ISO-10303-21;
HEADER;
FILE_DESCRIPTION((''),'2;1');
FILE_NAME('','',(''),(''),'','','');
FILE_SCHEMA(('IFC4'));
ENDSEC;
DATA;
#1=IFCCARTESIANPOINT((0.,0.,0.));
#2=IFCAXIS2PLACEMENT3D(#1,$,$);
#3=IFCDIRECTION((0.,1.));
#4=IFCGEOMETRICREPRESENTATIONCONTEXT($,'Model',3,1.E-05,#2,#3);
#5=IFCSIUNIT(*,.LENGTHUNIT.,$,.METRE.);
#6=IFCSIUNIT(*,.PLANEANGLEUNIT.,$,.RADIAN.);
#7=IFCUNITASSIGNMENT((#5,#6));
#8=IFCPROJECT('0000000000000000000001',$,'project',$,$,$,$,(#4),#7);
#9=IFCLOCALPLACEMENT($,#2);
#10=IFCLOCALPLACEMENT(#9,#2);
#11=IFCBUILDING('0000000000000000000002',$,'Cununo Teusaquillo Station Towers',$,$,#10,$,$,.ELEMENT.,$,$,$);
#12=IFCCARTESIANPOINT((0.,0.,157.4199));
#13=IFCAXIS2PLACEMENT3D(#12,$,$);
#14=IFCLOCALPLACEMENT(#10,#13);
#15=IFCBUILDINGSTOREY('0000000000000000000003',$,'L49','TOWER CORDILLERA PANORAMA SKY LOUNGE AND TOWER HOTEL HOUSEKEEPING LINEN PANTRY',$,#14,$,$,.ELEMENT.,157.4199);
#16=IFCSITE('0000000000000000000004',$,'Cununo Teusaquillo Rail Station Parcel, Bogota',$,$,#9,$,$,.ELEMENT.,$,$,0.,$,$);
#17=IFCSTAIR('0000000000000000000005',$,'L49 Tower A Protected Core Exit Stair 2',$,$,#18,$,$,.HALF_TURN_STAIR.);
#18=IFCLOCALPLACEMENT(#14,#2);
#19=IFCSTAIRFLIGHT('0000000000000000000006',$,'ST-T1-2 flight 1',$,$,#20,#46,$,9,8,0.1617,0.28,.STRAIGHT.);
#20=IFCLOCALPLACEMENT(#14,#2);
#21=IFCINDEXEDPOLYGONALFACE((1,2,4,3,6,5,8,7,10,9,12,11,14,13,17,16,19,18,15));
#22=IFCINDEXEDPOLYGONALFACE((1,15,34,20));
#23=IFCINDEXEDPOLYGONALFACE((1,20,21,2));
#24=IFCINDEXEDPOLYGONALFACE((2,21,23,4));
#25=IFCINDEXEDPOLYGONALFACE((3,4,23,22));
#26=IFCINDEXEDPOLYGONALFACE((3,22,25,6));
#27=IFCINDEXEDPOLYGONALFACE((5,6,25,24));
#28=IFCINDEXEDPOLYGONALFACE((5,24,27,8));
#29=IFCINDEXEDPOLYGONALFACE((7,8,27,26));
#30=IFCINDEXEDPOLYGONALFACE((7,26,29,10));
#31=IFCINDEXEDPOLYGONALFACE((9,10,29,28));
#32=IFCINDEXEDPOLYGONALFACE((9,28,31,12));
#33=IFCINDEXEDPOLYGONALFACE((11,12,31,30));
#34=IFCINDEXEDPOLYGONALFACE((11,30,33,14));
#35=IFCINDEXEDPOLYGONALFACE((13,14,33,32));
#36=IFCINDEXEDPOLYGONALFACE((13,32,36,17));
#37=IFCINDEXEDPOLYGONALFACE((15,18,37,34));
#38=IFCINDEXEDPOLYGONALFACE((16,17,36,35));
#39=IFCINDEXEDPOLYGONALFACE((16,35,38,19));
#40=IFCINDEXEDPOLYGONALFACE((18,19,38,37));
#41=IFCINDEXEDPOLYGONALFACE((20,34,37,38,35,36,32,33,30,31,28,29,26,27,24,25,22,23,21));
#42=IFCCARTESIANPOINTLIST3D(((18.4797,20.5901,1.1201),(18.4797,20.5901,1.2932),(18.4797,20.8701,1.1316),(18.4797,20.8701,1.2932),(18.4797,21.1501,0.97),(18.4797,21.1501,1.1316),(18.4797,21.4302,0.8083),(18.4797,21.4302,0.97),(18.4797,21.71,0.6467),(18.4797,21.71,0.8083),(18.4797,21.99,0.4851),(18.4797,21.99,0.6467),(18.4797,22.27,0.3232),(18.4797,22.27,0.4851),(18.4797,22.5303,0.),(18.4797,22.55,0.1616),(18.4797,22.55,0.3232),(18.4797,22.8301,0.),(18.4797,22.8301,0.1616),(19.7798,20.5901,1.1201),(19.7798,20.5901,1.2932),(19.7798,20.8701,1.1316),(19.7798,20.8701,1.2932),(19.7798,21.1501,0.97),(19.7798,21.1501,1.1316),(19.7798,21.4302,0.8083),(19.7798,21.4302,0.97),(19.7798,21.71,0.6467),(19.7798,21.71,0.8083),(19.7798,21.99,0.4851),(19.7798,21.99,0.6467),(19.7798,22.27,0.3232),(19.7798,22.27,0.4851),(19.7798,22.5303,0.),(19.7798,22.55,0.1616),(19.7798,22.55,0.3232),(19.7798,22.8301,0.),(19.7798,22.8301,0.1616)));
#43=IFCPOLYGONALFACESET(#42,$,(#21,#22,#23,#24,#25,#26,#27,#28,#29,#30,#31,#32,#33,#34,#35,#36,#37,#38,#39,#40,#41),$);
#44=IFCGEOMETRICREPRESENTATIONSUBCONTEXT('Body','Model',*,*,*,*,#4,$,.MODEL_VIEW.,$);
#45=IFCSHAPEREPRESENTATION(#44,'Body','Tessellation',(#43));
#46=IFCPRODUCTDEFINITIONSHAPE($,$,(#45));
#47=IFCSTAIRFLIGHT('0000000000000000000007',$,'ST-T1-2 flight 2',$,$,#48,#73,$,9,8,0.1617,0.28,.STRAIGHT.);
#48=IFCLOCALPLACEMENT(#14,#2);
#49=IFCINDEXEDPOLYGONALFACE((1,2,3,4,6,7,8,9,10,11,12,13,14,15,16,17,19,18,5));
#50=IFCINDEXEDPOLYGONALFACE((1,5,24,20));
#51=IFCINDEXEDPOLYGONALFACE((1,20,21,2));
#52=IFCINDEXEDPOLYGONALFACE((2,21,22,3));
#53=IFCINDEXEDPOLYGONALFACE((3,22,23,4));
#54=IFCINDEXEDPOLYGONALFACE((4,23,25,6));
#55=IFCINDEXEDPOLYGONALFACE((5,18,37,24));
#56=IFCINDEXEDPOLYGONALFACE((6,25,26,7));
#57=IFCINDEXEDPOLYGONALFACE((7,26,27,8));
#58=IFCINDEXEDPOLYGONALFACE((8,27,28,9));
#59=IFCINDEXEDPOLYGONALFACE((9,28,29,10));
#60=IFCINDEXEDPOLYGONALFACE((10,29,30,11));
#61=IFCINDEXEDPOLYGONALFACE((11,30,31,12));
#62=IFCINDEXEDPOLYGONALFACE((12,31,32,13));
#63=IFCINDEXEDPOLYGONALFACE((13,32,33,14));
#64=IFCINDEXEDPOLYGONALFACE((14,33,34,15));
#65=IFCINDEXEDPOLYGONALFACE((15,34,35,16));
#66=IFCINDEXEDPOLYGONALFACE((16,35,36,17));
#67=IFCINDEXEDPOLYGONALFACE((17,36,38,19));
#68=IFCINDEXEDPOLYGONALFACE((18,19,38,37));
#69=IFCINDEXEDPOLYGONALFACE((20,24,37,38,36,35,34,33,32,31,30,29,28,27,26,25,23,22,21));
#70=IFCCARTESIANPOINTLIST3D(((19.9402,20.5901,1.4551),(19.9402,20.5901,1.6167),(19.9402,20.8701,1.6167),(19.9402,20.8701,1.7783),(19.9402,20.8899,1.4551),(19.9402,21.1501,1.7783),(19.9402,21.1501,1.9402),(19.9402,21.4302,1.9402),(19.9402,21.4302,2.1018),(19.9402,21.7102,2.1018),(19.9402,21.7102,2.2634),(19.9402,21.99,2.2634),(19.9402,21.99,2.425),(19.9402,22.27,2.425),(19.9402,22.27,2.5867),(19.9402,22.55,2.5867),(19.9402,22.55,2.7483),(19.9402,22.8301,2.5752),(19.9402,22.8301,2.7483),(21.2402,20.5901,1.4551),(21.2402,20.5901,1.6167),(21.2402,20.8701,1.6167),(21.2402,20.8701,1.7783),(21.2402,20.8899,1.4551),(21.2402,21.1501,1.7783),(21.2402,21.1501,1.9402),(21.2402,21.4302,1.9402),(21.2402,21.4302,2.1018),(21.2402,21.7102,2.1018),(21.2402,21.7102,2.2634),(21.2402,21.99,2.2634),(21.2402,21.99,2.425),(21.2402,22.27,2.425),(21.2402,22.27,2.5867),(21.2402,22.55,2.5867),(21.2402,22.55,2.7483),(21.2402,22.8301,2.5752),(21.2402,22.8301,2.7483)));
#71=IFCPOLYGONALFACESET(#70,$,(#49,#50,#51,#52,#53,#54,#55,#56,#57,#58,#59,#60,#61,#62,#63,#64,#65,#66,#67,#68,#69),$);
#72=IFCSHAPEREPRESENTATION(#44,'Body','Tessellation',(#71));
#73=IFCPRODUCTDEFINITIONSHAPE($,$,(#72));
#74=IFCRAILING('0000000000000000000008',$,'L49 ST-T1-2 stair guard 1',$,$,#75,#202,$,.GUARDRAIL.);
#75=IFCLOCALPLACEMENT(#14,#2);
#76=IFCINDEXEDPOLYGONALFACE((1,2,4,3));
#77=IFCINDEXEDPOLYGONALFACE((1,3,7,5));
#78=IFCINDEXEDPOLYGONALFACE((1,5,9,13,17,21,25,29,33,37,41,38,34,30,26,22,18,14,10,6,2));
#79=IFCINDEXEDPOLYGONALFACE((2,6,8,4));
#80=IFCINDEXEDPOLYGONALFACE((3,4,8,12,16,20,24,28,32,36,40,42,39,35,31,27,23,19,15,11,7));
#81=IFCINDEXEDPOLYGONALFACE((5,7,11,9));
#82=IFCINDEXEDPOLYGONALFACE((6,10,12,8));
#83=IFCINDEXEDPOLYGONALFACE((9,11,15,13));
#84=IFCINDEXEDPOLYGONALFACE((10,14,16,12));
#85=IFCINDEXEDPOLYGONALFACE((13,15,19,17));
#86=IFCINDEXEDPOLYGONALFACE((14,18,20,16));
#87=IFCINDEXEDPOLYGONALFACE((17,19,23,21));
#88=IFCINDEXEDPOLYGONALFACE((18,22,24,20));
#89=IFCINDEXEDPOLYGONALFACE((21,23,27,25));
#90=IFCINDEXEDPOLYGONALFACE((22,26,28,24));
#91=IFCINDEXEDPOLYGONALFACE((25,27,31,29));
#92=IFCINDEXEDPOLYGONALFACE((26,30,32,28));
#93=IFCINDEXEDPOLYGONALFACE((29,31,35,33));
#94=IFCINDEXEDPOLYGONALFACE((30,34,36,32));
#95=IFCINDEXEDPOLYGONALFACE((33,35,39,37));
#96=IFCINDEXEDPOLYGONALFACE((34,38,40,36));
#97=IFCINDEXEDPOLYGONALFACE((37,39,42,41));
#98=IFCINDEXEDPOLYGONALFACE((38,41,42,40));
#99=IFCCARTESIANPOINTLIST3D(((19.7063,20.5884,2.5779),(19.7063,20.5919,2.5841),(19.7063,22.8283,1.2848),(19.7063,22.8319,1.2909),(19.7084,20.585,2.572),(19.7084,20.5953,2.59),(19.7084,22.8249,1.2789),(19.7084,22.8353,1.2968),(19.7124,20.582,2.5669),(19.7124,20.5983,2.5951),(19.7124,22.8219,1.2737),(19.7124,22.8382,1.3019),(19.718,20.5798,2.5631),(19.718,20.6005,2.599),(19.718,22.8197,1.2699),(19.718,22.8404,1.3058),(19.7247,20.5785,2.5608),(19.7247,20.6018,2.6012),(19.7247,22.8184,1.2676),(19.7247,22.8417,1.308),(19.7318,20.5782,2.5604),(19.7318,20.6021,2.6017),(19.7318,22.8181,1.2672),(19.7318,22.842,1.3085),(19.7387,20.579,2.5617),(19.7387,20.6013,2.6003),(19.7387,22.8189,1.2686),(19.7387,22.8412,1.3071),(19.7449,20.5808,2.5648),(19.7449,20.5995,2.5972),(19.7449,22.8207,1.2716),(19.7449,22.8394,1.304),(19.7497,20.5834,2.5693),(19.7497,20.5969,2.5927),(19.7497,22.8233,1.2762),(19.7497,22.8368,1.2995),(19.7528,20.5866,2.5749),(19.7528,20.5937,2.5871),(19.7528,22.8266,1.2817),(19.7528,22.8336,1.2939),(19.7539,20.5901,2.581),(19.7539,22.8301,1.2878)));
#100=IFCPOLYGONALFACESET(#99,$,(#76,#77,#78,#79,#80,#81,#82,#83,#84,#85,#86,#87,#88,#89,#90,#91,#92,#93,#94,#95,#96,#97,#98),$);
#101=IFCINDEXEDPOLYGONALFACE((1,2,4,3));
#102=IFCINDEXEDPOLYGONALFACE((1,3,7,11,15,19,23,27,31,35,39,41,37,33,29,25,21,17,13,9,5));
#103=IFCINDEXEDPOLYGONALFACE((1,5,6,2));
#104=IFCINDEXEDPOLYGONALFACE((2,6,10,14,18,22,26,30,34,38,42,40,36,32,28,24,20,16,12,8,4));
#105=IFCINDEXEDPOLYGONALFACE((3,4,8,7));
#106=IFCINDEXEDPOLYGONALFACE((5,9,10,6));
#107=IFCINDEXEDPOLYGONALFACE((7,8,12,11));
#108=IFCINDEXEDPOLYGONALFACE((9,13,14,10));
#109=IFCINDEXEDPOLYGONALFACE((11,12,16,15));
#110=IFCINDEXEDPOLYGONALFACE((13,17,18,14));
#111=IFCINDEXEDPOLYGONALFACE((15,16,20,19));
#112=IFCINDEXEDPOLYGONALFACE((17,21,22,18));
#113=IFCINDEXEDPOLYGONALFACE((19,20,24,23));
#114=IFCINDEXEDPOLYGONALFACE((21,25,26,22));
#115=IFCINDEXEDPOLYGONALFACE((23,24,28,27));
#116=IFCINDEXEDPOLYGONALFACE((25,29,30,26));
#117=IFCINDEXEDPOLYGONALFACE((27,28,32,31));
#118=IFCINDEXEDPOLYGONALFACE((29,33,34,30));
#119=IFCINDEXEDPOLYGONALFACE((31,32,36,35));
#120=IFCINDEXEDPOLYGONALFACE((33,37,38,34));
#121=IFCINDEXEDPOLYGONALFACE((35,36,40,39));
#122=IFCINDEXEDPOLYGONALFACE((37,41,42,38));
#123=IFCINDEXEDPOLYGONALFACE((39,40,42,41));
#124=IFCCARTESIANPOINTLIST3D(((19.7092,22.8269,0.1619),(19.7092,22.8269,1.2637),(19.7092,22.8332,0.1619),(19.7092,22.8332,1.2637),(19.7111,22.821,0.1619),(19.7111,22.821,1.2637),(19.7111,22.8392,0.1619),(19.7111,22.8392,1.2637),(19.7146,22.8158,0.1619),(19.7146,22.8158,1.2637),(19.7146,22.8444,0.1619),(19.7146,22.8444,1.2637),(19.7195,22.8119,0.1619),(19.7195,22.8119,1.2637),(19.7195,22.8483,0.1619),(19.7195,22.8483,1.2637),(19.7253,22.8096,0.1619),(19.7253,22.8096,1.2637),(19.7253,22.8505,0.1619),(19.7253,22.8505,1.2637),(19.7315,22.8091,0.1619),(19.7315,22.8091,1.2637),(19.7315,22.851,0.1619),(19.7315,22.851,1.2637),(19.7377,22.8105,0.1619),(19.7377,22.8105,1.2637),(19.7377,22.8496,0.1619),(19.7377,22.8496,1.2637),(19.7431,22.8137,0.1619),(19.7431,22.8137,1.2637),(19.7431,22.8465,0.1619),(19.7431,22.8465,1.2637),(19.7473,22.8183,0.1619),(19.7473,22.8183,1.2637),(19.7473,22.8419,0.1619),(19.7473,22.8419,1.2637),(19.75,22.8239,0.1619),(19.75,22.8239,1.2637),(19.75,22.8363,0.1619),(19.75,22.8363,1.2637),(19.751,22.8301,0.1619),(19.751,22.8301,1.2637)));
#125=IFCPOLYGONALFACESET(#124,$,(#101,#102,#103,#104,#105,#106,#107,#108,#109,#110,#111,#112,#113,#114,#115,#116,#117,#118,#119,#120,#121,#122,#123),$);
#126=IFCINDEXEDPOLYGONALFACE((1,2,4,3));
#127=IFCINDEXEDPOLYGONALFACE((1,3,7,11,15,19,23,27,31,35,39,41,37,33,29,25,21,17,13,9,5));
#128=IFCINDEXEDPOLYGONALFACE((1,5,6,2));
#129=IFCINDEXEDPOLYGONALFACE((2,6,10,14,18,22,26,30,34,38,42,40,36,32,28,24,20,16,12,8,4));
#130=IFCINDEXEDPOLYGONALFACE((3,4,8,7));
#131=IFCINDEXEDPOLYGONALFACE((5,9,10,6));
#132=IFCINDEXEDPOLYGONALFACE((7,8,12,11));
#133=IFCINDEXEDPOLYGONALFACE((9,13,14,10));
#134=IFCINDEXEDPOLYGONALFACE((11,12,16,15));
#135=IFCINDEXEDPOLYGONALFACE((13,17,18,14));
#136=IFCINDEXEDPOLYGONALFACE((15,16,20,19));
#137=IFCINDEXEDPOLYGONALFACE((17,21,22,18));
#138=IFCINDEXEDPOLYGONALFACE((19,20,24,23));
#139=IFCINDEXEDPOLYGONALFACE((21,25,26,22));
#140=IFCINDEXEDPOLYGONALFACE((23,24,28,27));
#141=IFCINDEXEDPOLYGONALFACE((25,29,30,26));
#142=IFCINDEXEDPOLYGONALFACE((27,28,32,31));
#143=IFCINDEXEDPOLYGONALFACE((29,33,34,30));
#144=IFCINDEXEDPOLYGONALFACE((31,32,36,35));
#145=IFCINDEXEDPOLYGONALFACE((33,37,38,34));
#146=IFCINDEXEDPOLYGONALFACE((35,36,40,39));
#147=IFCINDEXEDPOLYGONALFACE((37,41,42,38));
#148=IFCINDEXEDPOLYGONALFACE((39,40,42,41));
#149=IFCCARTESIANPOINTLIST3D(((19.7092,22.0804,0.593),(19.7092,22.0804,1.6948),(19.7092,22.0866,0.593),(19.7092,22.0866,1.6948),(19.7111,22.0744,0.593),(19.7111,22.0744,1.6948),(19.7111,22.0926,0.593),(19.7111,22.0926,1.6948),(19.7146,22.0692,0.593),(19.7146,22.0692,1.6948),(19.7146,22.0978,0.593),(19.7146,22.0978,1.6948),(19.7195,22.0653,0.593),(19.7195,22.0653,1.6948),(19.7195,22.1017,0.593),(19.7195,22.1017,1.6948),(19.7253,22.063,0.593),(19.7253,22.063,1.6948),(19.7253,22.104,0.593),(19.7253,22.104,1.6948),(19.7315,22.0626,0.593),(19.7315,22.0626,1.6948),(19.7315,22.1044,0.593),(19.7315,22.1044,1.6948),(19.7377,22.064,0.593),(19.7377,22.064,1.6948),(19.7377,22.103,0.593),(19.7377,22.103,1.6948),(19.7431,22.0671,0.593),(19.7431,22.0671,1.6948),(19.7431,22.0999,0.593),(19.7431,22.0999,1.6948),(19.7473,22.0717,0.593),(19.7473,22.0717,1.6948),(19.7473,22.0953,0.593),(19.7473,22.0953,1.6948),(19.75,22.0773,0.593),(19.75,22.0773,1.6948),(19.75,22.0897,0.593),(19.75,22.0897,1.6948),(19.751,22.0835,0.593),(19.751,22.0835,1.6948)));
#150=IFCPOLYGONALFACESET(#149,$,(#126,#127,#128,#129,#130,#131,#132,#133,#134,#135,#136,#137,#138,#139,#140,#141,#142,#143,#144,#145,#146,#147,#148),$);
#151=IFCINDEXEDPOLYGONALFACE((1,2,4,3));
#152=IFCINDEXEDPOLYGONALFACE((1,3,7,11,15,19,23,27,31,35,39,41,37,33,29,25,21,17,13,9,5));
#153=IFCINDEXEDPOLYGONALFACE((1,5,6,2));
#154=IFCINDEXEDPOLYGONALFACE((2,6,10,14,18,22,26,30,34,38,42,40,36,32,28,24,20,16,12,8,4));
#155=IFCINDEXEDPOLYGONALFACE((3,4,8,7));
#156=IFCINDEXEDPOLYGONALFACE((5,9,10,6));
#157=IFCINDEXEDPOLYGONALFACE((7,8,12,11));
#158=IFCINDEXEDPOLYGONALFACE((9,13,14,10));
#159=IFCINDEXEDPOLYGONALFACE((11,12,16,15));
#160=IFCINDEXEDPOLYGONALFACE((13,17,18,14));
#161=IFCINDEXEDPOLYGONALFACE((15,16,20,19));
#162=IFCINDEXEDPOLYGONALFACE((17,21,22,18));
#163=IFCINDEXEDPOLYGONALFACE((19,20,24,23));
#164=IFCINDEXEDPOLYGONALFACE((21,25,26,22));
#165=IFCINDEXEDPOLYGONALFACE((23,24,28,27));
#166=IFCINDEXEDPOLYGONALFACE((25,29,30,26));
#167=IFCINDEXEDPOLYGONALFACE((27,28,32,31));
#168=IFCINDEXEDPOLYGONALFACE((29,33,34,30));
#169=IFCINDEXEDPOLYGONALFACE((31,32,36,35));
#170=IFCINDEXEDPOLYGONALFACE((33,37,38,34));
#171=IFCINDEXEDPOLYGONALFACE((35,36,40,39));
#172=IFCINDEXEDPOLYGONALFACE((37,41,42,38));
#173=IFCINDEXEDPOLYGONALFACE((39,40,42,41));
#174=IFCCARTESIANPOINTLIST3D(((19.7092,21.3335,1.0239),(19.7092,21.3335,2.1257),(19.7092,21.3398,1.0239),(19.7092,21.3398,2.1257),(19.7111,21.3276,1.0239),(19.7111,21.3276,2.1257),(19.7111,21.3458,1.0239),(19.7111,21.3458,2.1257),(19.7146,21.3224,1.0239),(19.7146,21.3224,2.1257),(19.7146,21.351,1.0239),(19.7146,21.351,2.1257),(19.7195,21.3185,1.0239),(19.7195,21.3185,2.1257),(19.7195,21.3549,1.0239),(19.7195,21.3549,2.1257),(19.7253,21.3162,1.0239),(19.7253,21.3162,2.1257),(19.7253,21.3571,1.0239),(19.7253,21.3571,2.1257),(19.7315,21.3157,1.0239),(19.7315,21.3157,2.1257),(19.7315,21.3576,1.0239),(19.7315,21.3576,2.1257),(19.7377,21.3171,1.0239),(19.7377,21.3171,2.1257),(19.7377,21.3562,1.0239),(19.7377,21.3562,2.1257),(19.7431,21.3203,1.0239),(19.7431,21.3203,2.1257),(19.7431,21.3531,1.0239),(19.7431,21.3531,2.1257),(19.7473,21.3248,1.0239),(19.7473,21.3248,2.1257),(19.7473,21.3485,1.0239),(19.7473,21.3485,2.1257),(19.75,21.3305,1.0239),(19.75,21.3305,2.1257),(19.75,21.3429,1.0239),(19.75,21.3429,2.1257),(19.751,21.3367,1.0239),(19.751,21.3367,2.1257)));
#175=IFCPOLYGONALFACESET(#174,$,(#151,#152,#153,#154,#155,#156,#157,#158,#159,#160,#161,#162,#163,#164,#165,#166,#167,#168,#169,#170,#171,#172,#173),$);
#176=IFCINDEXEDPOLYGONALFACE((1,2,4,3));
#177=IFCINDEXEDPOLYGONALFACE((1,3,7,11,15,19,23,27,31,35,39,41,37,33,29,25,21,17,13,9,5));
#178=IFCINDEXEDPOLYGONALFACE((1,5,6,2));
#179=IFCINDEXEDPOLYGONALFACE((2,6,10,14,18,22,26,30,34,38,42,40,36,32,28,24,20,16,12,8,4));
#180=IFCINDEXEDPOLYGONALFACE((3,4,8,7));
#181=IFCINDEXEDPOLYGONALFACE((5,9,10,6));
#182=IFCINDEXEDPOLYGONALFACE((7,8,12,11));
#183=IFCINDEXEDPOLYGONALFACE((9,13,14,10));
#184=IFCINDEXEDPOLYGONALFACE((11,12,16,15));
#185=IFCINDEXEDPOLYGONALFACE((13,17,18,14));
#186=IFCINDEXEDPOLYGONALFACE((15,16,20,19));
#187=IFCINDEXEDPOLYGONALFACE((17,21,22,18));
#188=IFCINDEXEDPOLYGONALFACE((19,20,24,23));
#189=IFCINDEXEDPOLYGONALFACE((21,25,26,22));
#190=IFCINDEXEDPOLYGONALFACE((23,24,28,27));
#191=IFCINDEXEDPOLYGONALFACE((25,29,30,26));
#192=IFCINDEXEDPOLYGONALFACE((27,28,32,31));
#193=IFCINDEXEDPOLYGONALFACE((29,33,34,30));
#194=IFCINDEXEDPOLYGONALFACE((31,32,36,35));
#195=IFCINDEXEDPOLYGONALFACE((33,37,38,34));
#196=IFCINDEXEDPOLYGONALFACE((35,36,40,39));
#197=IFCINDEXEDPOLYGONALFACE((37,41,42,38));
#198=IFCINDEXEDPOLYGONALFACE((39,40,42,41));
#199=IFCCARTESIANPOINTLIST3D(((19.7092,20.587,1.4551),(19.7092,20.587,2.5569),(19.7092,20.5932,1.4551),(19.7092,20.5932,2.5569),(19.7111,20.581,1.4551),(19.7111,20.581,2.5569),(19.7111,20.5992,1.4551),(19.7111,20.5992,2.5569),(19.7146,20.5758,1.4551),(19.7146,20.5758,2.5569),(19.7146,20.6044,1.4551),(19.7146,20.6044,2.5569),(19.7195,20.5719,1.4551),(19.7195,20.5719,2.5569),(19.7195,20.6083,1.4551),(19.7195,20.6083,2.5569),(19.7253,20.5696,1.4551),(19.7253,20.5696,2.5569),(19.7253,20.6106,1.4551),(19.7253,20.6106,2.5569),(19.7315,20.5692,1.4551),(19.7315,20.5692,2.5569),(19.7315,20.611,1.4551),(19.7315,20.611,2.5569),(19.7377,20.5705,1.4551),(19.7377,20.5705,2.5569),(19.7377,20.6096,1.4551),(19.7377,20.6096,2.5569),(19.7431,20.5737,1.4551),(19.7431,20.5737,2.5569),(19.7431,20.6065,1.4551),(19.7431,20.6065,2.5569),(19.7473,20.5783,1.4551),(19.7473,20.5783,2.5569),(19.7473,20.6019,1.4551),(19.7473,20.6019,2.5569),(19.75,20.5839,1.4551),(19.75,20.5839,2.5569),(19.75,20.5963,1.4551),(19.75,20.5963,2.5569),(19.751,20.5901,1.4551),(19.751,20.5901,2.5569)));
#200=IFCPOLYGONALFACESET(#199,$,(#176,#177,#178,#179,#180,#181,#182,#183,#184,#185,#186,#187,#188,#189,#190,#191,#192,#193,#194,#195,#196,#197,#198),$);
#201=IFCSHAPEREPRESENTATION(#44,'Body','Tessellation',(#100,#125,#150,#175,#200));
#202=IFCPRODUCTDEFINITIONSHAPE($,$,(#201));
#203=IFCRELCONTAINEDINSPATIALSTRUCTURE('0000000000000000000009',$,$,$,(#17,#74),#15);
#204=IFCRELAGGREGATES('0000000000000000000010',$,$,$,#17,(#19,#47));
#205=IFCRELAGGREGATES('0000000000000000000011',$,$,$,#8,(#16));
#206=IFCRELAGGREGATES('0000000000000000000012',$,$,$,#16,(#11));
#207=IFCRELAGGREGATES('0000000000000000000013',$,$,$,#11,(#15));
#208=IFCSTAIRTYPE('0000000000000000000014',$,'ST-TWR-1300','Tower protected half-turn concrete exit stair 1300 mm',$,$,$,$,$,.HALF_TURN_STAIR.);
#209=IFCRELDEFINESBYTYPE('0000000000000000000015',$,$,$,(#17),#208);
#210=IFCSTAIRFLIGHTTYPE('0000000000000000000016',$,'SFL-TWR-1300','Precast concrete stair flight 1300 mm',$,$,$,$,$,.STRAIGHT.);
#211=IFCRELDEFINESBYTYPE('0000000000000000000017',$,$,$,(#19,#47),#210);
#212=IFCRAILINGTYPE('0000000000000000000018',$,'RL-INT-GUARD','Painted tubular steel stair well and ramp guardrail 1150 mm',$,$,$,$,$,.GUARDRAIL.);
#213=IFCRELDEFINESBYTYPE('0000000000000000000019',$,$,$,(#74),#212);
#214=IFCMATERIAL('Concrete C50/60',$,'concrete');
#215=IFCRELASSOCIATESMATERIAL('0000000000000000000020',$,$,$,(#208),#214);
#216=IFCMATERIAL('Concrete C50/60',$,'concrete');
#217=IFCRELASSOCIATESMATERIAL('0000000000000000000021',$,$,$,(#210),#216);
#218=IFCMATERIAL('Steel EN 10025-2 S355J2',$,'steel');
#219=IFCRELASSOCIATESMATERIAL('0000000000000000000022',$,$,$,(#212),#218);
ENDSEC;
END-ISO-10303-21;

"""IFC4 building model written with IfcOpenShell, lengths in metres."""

from ifc_helpers import new_model, si_unit, direction, frame, origin, origin_2d, place, context, subcontext, project, spatial, polyline, circle, outline, extrude, material, type_object, element, aggregate, save


model = new_model("IFC4")

# Units and contexts
model_context = context("Model", 3, precision=1e-05, world=origin(), true_north=direction((0.0, 1.0)))
body_context = subcontext(model_context, "Body", "Model", "MODEL_VIEW")
ifc_project = project(units=[si_unit("LENGTHUNIT", "METRE"), si_unit("PLANEANGLEUNIT", "RADIAN")], contexts=[model_context])

# Site, building, storey
site_placement = place(None, origin())
site = spatial("IfcSite", under=ifc_project, at=site_placement, Name="Cununo Teusaquillo Rail Station Parcel, Bogota", CompositionType="ELEMENT", RefElevation=0.0)
building_placement = place(site_placement, origin())
building = spatial("IfcBuilding", under=site, at=building_placement, Name="Cununo Teusaquillo Station Towers", CompositionType="ELEMENT")
storey_placement = place(building_placement, frame((0.0, 0.0, 157.4199)))
storey = spatial("IfcBuildingStorey", under=building, at=storey_placement, Name="L49", Description="TOWER CORDILLERA PANORAMA SKY LOUNGE AND TOWER HOTEL HOUSEKEEPING LINEN PANTRY", CompositionType="ELEMENT", Elevation=157.4199)

# Stair, stair flights
ifc_material_1 = material(Name="Concrete C50/60", Category="concrete")
stair_type = type_object("IfcStairType", Name="ST-TWR-1300", Description="Tower protected half-turn concrete exit stair 1300 mm", PredefinedType="HALF_TURN_STAIR", material=ifc_material_1)
stair_placement = place(storey_placement, origin())
stair = element("IfcStair", 1, at=stair_placement, inside=storey, type_object=stair_type, Name="L49 Tower A Protected Core Exit Stair 2", PredefinedType="HALF_TURN_STAIR")
ifc_material_2 = material(Name="Concrete C50/60", Category="concrete")
stair_flight_type = type_object("IfcStairFlightType", Name="SFL-TWR-1300", Description="Precast concrete stair flight 1300 mm", PredefinedType="STRAIGHT", material=ifc_material_2)
stair_flight_1_placement = place(storey_placement, frame((19.1299, 22.8301, 0.0), z_axis=(0.0, 0.0, 1.0), x_axis=(0.0, -1.0, 0.0)))
stair_flight_1 = element("IfcStairFlight", 2, at=stair_flight_1_placement, type_object=stair_flight_type, Name="ST-T1-2 flight 1", NumberOfRisers=9, NumberOfTreads=8, PredefinedType="STRAIGHT", RiserHeight=0.1617, TreadLength=0.28, context=body_context, shape_type="SweptSolid", body=[
    extrude(outline(polyline([(0.0, 0.0), (0.0, 0.1616), (0.28, 0.1616), (0.28, 0.3232), (0.5601, 0.3232), (0.5601, 0.4851), (0.8401, 0.4851), (0.8401, 0.6467), (1.1201, 0.6467), (1.1201, 0.8083), (1.3999, 0.8083), (1.3999, 0.97), (1.6799, 0.97), (1.6799, 1.1316), (1.96, 1.1316), (1.96, 1.2932), (2.24, 1.2932), (2.24, 1.4551), (2.24, 1.1201), (0.2998, 0.0), (0.0, 0.0)])), frame((0.0, 0.6499, 0.0), z_axis=(0.0, -1.0, 0.0), x_axis=(1.0, 0.0, 0.0)), (0.0, 0.0, 1.0), 1.3),
])
stair_flight_2_placement = place(storey_placement, frame((20.5901, 20.5901, 1.4551), z_axis=(0.0, 0.0, 1.0), x_axis=(0.0, 1.0, 0.0)))
stair_flight_2 = element("IfcStairFlight", 3, at=stair_flight_2_placement, type_object=stair_flight_type, Name="ST-T1-2 flight 2", NumberOfRisers=9, NumberOfTreads=8, PredefinedType="STRAIGHT", RiserHeight=0.1617, TreadLength=0.28, context=body_context, shape_type="SweptSolid", body=[
    extrude(outline(polyline([(0.0, 0.0), (0.0, 0.1616), (0.28, 0.1616), (0.28, 0.3232), (0.5601, 0.3232), (0.5601, 0.4851), (0.8401, 0.4851), (0.8401, 0.6467), (1.1201, 0.6467), (1.1201, 0.8083), (1.3999, 0.8083), (1.3999, 0.97), (1.6799, 0.97), (1.6799, 1.1316), (1.96, 1.1316), (1.96, 1.2932), (2.24, 1.2932), (2.24, 1.4551), (2.24, 1.1201), (0.2998, 0.0), (0.0, 0.0)])), frame((0.0, 0.6499, 0.0), z_axis=(0.0, -1.0, 0.0), x_axis=(1.0, 0.0, 0.0)), (0.0, 0.0, 1.0), 1.3),
])
aggregate(stair, [stair_flight_1, stair_flight_2])

# Railing
ifc_material_3 = material(Name="Steel EN 10025-2 S355J2", Category="steel")
railing_type_1 = type_object("IfcRailingType", Name="RL-INT-GUARD", Description="Painted tubular steel stair well and ramp guardrail 1150 mm", PredefinedType="GUARDRAIL", material=ifc_material_3)
railing_1_placement = place(storey_placement, frame((19.73, 22.8301, 0.1619)))
element("IfcRailing", 4, at=railing_1_placement, inside=storey, type_object=railing_type_1, Name="L49 ST-T1-2 stair guard 1", PredefinedType="GUARDRAIL", context=body_context, shape_type="SweptSolid", body=[
    extrude(circle(Radius=0.0239, at=origin_2d()), frame((0.0, 0.0, 1.126), z_axis=(0.0, -0.866033, 0.499987), x_axis=(1.0, 0.0, 0.0)), (0.0, 0.0, 1.0), 2.5864),
    extrude(circle(Radius=0.021, at=origin_2d()), origin(), (0.0, 0.0, 1.0), 1.1018),
    extrude(circle(Radius=0.021, at=origin_2d()), frame((0.0, -0.7466, 0.4312)), (0.0, 0.0, 1.0), 1.1018),
    extrude(circle(Radius=0.021, at=origin_2d()), frame((0.0, -1.4934, 0.8621)), (0.0, 0.0, 1.0), 1.1018),
    extrude(circle(Radius=0.021, at=origin_2d()), frame((0.0, -2.24, 1.2932)), (0.0, 0.0, 1.0), 1.1018),
])

save(model, "model.ifc")
